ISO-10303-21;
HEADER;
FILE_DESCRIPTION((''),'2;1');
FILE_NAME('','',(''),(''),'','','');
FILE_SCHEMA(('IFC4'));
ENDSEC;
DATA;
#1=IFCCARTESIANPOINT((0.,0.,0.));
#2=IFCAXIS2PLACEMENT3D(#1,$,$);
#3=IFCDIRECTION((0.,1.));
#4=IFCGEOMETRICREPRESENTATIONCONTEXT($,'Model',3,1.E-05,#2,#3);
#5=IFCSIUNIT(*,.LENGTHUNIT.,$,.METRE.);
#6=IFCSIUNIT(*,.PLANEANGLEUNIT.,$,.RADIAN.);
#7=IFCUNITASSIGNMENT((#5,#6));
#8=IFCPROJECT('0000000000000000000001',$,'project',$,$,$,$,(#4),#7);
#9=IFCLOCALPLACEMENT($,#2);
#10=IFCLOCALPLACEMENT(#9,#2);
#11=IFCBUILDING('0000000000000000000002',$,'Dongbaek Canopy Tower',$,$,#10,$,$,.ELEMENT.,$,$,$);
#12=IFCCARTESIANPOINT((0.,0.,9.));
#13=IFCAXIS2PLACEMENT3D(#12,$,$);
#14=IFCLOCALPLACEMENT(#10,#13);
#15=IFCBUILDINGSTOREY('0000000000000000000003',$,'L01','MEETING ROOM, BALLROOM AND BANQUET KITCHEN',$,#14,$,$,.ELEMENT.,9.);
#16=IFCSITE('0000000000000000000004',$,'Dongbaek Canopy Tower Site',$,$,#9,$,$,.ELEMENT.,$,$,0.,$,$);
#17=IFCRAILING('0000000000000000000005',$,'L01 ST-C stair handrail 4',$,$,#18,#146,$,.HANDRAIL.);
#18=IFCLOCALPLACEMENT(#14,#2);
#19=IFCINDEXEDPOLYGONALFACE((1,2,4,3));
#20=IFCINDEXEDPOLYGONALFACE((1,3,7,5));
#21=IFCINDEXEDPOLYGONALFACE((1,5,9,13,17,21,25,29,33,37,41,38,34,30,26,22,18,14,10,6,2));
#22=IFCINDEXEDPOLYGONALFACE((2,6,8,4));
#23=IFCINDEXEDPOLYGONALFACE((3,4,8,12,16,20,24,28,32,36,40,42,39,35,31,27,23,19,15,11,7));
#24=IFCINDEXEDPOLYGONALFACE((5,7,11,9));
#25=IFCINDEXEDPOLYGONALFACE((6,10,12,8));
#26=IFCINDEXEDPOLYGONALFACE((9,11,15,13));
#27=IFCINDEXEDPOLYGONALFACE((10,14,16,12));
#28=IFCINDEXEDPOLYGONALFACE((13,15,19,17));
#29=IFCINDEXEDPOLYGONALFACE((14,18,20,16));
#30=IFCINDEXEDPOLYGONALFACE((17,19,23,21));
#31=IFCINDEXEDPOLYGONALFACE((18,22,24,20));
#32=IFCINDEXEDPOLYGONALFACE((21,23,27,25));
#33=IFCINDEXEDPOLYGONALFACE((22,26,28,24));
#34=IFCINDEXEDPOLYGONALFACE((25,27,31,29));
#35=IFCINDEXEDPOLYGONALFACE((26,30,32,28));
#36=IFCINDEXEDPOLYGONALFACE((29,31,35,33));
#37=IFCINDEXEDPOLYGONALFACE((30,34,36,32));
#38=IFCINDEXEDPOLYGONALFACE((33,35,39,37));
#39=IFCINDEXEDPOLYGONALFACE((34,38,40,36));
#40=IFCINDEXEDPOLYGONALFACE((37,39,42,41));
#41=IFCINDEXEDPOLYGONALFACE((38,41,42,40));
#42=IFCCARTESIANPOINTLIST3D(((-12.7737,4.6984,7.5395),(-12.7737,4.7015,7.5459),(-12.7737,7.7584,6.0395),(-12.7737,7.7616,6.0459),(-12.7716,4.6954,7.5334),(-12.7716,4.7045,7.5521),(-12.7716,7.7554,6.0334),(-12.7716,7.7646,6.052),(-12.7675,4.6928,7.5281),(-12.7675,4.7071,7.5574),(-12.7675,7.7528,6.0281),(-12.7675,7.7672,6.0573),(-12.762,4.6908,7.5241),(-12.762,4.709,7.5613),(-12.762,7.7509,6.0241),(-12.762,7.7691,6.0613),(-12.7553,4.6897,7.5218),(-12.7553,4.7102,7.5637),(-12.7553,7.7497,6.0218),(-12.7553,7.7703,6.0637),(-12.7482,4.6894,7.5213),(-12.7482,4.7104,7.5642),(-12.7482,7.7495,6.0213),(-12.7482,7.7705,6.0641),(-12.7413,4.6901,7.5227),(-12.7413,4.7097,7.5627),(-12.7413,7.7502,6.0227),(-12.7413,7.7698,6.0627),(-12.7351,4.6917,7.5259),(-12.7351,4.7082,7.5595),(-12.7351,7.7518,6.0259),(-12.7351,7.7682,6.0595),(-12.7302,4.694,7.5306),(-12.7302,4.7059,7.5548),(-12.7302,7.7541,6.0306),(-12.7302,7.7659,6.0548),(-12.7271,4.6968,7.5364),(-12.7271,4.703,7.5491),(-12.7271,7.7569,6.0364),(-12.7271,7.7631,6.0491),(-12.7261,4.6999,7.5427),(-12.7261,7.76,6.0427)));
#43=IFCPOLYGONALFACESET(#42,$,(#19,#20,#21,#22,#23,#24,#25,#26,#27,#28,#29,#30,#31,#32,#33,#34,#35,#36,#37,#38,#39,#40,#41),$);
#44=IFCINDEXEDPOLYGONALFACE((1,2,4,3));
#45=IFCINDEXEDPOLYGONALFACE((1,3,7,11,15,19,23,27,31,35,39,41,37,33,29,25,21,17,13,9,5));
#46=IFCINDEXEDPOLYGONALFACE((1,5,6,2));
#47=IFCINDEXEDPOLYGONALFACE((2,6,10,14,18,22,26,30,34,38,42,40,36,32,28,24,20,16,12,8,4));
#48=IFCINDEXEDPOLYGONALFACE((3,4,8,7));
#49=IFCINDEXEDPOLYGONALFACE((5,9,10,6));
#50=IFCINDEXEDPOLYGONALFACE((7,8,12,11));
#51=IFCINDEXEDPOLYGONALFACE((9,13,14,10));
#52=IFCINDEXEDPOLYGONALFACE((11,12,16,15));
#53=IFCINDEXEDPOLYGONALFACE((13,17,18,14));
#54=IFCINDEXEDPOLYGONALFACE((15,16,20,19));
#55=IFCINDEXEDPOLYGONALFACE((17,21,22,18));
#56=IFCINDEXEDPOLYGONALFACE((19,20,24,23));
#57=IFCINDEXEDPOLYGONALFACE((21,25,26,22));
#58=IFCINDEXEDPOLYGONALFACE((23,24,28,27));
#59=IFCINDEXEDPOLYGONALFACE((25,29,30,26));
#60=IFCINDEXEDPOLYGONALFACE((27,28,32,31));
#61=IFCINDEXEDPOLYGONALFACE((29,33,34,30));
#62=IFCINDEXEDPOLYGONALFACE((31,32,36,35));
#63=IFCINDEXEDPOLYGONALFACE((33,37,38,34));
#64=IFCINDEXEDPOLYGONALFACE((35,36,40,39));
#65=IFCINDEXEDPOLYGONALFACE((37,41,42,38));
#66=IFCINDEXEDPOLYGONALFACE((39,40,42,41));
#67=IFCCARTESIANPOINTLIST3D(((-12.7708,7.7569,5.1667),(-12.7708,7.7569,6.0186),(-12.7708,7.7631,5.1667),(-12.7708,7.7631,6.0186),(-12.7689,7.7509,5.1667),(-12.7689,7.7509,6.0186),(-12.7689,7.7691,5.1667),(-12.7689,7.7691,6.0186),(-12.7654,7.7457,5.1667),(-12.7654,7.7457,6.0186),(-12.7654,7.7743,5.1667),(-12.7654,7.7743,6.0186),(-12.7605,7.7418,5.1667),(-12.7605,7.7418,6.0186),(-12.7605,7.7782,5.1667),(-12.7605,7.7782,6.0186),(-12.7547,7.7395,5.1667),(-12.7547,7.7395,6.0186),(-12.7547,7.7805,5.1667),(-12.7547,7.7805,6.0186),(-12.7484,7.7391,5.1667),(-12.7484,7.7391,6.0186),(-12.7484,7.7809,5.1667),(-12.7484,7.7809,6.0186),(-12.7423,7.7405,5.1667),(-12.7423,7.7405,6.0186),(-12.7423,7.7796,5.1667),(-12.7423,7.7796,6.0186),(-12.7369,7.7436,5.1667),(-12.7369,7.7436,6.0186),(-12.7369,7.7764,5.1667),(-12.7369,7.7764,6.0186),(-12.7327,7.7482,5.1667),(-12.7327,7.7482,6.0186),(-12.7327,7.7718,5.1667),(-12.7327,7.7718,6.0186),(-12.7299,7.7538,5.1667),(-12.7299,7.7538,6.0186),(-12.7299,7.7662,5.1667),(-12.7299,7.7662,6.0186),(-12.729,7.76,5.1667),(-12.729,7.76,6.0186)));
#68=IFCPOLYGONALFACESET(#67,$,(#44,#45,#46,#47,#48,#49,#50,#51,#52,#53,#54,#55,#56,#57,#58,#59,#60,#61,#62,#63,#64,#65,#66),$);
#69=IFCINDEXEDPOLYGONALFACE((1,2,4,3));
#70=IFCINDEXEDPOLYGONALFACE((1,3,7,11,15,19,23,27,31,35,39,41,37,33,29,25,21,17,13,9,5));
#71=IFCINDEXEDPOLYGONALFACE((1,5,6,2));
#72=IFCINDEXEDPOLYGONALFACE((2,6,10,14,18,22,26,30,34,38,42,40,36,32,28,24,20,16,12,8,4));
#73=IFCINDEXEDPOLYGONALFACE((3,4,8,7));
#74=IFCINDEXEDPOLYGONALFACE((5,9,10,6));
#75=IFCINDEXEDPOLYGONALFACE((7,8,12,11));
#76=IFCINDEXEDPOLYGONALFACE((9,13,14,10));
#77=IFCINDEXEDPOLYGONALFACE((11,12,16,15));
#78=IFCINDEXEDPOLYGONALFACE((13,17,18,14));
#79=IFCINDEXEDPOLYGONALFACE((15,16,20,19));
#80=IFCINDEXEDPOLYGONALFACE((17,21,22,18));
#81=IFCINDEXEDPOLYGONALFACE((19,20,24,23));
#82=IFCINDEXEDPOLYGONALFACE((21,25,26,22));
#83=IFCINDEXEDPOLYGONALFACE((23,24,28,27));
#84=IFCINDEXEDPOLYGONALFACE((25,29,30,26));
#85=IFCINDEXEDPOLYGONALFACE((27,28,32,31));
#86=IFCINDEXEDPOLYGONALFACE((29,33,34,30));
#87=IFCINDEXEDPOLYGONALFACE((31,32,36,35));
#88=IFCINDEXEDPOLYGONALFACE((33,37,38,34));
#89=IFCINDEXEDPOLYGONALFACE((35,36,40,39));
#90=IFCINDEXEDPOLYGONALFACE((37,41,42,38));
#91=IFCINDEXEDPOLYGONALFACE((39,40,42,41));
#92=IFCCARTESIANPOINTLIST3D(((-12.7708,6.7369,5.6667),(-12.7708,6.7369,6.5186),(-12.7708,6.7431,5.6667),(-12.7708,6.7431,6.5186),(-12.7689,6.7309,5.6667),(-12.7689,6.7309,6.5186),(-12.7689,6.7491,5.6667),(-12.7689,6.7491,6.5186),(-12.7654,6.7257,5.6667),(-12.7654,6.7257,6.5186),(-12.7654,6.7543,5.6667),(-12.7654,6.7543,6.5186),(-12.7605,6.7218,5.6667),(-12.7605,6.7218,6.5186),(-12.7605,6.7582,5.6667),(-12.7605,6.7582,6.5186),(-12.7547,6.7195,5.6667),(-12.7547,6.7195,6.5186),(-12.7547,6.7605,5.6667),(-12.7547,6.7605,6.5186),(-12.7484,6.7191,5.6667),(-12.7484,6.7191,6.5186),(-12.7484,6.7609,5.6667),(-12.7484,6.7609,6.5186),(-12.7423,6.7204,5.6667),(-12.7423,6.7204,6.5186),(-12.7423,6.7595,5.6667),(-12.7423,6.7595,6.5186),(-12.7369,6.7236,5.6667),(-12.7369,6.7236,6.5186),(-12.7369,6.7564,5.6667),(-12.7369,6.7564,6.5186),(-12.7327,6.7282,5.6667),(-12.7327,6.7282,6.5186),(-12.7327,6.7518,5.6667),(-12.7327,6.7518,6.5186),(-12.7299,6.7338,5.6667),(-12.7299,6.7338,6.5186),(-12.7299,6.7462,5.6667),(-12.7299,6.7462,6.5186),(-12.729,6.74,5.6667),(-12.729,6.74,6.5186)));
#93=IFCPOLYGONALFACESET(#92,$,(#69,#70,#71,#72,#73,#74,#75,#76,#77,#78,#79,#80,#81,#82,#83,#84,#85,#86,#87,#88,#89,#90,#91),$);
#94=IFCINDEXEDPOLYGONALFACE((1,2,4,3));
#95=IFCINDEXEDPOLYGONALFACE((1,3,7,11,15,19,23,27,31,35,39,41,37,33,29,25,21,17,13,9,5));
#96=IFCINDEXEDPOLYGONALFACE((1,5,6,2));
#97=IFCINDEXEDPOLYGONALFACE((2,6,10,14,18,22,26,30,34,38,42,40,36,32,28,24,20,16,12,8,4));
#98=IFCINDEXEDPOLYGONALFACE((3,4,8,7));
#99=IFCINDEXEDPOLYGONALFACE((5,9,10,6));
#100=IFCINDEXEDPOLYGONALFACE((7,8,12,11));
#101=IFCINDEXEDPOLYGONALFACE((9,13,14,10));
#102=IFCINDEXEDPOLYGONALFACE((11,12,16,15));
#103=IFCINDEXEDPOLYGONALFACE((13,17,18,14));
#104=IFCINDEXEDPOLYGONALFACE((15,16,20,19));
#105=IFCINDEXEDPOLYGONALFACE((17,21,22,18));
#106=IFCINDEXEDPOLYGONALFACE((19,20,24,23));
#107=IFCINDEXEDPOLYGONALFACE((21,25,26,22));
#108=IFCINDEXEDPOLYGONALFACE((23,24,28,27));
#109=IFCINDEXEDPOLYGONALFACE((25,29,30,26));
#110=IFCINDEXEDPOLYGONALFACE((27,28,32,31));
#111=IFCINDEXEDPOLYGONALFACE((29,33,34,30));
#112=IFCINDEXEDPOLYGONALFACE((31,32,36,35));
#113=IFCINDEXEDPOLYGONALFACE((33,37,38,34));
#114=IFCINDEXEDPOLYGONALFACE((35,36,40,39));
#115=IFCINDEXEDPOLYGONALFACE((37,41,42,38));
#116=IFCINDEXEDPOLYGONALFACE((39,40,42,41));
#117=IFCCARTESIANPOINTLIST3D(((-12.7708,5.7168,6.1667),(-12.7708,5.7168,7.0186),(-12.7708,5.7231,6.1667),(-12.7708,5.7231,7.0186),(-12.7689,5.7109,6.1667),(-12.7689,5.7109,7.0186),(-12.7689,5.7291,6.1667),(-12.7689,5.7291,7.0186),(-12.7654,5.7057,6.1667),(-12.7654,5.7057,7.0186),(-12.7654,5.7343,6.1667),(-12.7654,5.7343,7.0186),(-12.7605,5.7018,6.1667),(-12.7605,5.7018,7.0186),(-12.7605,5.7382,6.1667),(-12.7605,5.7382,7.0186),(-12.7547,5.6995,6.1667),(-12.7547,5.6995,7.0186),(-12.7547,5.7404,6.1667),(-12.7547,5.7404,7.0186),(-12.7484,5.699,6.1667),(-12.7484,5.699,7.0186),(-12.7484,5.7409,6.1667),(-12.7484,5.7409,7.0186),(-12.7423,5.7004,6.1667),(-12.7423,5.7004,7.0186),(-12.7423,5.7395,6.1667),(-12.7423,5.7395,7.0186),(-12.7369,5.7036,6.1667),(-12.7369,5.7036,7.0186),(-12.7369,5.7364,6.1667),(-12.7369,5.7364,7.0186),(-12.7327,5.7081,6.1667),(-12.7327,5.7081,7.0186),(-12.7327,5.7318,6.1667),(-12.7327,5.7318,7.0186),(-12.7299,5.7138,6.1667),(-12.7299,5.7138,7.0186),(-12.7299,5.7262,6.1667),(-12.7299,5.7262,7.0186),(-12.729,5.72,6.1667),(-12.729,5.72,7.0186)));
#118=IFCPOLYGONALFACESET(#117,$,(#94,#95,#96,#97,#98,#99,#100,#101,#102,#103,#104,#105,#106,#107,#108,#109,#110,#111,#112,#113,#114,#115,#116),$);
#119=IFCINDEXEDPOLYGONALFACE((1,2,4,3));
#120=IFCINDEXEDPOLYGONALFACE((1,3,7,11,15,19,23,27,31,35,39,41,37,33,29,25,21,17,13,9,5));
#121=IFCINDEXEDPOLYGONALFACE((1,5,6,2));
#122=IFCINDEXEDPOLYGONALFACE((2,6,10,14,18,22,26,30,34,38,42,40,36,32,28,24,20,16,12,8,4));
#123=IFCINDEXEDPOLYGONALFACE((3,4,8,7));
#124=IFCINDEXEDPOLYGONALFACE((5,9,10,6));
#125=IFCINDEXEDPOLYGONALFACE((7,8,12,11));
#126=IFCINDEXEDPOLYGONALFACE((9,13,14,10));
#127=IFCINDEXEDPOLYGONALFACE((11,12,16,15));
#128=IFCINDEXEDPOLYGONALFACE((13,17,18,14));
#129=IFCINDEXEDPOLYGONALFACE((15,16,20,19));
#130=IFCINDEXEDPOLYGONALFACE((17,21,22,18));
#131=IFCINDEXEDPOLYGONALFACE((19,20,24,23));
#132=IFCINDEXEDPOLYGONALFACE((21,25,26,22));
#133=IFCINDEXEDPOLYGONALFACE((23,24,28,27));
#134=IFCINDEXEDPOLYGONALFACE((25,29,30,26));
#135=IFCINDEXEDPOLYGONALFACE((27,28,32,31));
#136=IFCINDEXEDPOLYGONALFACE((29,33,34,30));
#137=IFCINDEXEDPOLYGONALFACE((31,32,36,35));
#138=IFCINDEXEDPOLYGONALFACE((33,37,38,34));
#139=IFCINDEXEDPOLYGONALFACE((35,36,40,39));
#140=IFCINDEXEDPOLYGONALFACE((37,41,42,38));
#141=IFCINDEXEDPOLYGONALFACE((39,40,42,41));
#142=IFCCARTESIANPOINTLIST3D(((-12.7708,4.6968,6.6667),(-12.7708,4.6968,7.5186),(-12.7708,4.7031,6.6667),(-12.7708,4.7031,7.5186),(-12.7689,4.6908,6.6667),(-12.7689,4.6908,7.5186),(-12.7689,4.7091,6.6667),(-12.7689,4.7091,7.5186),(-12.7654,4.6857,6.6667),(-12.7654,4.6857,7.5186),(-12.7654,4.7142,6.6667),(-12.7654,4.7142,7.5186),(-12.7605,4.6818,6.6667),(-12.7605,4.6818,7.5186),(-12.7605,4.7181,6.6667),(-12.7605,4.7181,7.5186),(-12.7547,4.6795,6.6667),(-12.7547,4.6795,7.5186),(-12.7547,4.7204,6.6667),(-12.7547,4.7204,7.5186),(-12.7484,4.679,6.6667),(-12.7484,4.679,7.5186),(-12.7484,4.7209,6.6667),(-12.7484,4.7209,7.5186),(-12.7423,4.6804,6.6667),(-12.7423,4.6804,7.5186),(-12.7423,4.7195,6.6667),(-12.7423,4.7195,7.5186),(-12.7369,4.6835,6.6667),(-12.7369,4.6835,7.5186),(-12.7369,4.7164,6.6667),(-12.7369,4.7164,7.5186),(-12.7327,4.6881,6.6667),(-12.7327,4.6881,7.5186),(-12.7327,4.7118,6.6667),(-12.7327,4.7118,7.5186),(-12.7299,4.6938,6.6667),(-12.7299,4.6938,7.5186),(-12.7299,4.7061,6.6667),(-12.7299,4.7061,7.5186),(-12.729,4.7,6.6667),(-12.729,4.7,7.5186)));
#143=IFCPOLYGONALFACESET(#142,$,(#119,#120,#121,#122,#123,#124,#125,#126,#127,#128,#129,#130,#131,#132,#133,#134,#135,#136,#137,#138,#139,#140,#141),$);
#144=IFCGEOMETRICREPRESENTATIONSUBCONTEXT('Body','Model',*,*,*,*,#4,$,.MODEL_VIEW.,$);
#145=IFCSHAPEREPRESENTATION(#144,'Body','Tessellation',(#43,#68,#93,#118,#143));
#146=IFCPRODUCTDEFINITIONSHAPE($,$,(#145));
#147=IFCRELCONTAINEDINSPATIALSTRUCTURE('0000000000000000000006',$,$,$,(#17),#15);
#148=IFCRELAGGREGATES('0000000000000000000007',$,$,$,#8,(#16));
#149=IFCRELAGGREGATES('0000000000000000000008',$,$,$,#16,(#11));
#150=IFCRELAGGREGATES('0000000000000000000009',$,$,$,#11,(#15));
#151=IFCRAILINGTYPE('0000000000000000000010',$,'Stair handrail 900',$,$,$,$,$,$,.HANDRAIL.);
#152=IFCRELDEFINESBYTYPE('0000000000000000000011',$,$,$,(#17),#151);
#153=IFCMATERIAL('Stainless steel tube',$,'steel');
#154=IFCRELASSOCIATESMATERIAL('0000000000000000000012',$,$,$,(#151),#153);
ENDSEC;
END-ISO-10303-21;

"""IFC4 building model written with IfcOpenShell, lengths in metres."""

from ifc_helpers import new_model, si_unit, direction, frame, origin, origin_2d, place, context, subcontext, project, spatial, circle, extrude, material, type_object, element, save


model = new_model("IFC4")

# Units and contexts
model_context = context("Model", 3, precision=1e-05, world=origin(), true_north=direction((0.0, 1.0)))
body_context = subcontext(model_context, "Body", "Model", "MODEL_VIEW")
ifc_project = project(units=[si_unit("LENGTHUNIT", "METRE"), si_unit("PLANEANGLEUNIT", "RADIAN")], contexts=[model_context])

# Site, building, storey
site_placement = place(None, origin())
site = spatial("IfcSite", under=ifc_project, at=site_placement, Name="Dongbaek Canopy Tower Site", CompositionType="ELEMENT", RefElevation=0.0)
building_placement = place(site_placement, origin())
building = spatial("IfcBuilding", under=site, at=building_placement, Name="Dongbaek Canopy Tower", CompositionType="ELEMENT")
storey_placement = place(building_placement, frame((0.0, 0.0, 9.0)))
storey = spatial("IfcBuildingStorey", under=building, at=storey_placement, Name="L01", Description="MEETING ROOM, BALLROOM AND BANQUET KITCHEN", CompositionType="ELEMENT", Elevation=9.0)

# Railing
ifc_material_1 = material(Name="Stainless steel tube", Category="steel")
railing_type_1 = type_object("IfcRailingType", Name="Stair handrail 900", PredefinedType="HANDRAIL", material=ifc_material_1)
railing_1_placement = place(storey_placement, frame((-12.75, 7.76, 5.1667)))
element("IfcRailing", 1, at=railing_1_placement, inside=storey, type_object=railing_type_1, Name="L01 ST-C stair handrail 4", PredefinedType="HANDRAIL", context=body_context, shape_type="SweptSolid", body=[
    extrude(circle(Radius=0.0239, at=origin_2d()), frame((0.0, 0.0, 0.876), z_axis=(0.0, -0.897924, 0.44015), x_axis=(1.0, 0.0, 0.0)), (0.0, 0.0, 1.0), 3.408),
    extrude(circle(Radius=0.021, at=origin_2d()), origin(), (0.0, 0.0, 1.0), 0.8518),
    extrude(circle(Radius=0.021, at=origin_2d()), frame((0.0, -1.02, 0.5)), (0.0, 0.0, 1.0), 0.8518),
    extrude(circle(Radius=0.021, at=origin_2d()), frame((0.0, -2.04, 1.0)), (0.0, 0.0, 1.0), 0.8518),
    extrude(circle(Radius=0.021, at=origin_2d()), frame((0.0, -3.0601, 1.5)), (0.0, 0.0, 1.0), 0.8518),
])

save(model, "model.ifc")
